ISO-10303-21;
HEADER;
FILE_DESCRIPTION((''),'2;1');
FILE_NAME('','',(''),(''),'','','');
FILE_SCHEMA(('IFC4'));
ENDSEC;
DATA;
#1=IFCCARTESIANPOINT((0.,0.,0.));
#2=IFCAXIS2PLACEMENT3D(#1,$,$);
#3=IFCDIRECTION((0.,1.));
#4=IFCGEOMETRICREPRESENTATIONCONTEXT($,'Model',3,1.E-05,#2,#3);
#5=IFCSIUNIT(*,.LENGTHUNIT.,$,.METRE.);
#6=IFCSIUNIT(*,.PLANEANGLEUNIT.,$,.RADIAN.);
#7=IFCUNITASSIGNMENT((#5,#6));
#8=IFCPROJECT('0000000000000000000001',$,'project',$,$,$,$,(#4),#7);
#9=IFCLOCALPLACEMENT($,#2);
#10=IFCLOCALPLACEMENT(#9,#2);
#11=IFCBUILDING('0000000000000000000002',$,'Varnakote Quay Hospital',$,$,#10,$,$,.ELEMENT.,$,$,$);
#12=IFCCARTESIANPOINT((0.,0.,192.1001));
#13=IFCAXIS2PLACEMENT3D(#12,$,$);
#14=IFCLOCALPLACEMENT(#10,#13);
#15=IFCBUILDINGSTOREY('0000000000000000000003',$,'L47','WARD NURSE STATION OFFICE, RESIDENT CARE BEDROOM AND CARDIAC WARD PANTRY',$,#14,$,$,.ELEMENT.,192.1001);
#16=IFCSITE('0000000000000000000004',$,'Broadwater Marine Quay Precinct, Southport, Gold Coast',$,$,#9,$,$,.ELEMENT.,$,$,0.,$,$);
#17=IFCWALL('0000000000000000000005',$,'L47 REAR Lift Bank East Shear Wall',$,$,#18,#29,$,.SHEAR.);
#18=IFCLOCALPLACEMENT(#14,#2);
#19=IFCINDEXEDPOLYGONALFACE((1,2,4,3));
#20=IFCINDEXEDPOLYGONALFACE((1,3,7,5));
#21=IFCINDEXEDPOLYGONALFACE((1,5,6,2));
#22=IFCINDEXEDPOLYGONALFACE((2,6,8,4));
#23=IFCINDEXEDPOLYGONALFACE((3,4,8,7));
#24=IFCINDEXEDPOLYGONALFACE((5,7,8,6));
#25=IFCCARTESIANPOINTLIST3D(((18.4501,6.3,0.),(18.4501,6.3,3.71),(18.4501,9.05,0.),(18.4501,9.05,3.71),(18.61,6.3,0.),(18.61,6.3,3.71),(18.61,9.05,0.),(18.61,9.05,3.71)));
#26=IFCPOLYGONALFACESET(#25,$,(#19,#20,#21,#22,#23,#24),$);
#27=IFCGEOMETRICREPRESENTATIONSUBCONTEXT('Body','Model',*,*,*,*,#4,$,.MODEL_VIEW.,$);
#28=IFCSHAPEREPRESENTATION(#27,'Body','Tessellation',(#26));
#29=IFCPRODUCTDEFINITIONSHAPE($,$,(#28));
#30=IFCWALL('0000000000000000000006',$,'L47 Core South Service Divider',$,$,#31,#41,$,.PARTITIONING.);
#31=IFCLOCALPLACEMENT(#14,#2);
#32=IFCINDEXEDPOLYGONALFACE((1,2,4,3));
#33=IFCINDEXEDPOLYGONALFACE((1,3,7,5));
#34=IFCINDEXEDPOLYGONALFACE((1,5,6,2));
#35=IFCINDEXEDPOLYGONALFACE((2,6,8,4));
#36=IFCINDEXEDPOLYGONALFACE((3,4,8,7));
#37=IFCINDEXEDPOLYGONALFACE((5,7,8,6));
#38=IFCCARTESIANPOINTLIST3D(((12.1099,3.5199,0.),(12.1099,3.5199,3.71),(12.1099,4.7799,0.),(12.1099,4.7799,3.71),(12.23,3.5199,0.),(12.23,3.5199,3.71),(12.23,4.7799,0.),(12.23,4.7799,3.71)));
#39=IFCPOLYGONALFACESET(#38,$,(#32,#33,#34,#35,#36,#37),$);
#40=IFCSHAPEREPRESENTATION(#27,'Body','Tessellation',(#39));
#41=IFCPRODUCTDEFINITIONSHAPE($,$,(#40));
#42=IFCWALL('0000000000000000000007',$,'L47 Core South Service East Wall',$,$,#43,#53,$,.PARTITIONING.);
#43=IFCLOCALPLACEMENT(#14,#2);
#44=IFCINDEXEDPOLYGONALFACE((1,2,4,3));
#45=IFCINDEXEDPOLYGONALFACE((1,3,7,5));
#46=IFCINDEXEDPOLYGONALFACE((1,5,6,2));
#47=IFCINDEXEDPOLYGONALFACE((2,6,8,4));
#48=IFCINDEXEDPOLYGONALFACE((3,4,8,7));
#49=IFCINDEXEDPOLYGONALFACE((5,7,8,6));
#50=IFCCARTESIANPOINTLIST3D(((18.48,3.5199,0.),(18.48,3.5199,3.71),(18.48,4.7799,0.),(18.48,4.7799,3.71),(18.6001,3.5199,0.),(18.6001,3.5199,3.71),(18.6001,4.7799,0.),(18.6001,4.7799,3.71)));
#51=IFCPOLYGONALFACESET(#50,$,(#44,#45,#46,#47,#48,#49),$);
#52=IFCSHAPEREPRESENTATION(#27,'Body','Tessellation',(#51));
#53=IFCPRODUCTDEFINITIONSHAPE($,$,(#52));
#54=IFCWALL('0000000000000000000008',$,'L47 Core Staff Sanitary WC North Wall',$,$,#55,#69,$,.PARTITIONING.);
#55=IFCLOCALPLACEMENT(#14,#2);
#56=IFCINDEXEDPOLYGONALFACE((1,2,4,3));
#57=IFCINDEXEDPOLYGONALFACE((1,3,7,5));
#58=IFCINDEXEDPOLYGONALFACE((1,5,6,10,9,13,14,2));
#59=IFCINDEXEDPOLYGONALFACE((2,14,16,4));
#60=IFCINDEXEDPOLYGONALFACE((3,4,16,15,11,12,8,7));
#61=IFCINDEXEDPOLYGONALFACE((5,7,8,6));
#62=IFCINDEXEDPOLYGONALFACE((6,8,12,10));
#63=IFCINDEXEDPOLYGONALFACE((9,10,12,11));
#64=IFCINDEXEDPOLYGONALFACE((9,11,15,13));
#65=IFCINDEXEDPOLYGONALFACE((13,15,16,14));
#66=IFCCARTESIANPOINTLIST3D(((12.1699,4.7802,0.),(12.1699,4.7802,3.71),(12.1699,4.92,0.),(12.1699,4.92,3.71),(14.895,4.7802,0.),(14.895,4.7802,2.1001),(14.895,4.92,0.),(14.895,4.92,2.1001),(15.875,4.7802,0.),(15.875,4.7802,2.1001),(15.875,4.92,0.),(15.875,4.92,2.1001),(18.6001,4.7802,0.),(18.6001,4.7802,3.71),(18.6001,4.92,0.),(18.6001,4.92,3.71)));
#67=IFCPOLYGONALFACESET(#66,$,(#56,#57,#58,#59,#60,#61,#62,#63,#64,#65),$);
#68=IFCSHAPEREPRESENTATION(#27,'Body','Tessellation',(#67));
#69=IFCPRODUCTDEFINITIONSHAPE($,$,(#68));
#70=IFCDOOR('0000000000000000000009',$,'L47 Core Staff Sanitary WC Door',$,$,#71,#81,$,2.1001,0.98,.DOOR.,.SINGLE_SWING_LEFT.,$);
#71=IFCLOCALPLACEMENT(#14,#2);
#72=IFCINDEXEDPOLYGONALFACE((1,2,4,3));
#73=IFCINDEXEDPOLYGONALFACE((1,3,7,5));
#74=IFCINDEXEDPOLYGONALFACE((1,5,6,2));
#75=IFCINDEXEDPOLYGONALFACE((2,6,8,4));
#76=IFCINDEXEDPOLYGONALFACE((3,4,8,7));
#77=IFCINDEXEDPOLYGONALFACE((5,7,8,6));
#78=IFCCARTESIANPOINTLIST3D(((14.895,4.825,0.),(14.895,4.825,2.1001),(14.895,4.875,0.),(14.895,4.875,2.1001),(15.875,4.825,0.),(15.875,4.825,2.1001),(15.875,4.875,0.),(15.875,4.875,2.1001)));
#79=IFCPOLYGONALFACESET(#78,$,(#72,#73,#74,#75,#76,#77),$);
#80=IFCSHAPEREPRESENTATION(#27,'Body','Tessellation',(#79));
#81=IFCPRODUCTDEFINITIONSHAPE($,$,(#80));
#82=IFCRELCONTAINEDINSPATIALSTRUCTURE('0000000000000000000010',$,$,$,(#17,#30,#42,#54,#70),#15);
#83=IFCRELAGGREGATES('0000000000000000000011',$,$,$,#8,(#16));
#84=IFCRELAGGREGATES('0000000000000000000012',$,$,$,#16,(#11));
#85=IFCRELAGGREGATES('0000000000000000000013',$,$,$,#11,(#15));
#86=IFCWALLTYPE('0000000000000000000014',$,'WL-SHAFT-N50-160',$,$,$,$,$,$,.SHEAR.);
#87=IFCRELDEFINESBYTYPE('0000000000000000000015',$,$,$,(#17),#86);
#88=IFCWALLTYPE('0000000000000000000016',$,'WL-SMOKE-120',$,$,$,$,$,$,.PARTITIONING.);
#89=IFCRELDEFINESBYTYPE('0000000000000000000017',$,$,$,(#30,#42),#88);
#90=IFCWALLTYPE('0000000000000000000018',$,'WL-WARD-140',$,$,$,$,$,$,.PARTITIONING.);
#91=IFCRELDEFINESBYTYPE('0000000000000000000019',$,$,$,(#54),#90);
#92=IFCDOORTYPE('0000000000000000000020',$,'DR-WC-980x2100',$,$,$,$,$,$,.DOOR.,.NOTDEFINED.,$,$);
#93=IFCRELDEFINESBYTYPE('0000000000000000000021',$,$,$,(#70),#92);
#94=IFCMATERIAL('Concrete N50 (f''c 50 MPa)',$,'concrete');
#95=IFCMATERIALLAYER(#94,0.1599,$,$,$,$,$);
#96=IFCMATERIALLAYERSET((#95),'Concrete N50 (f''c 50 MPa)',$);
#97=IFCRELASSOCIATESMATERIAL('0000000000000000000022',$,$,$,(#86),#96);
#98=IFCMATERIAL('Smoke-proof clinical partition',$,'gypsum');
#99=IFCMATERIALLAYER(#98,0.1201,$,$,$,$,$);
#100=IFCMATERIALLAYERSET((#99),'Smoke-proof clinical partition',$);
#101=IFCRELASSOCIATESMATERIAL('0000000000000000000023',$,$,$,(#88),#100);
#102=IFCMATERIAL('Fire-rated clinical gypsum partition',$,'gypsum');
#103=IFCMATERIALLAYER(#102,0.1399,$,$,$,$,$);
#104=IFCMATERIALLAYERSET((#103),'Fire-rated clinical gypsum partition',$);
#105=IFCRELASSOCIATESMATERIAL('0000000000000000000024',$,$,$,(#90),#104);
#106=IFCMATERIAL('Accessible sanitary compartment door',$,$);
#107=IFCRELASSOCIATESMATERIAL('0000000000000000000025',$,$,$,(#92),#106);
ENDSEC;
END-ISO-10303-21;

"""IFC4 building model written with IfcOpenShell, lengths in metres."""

from ifc_helpers import new_model, si_unit, direction, frame, frame_2d, origin, place, context, subcontext, project, spatial, rectangle, extrude, material, layer, layer_set, type_object, element, fill, save


model = new_model("IFC4")

# Units and contexts
model_context = context("Model", 3, precision=1e-05, world=origin(), true_north=direction((0.0, 1.0)))
body_context = subcontext(model_context, "Body", "Model", "MODEL_VIEW")
ifc_project = project(units=[si_unit("LENGTHUNIT", "METRE"), si_unit("PLANEANGLEUNIT", "RADIAN")], contexts=[model_context])

# Site, building, storey
site_placement = place(None, origin())
site = spatial("IfcSite", under=ifc_project, at=site_placement, Name="Broadwater Marine Quay Precinct, Southport, Gold Coast", CompositionType="ELEMENT", RefElevation=0.0)
building_placement = place(site_placement, origin())
building = spatial("IfcBuilding", under=site, at=building_placement, Name="Varnakote Quay Hospital", CompositionType="ELEMENT")
storey_placement = place(building_placement, frame((0.0, 0.0, 192.1001)))
storey = spatial("IfcBuildingStorey", under=building, at=storey_placement, Name="L47", Description="WARD NURSE STATION OFFICE, RESIDENT CARE BEDROOM AND CARDIAC WARD PANTRY", CompositionType="ELEMENT", Elevation=192.1001)

# Wall
ifc_material_1 = material(Name="Concrete N50 (f'c 50 MPa)", Category="concrete")
ifc_layer_1 = layer(ifc_material_1, 0.1599)
ifc_layer_set_1 = layer_set([ifc_layer_1], Name="Concrete N50 (f'c 50 MPa)")
wall_type_1 = type_object("IfcWallType", Name="WL-SHAFT-N50-160", PredefinedType="SHEAR", material=ifc_layer_set_1)
wall_1_placement = place(storey_placement, frame((18.53, 6.3, 0.0), z_axis=(0.0, 0.0, 1.0), x_axis=(0.0, 1.0, 0.0)))
element("IfcWall", 1, at=wall_1_placement, inside=storey, type_object=wall_type_1, Name="L47 REAR Lift Bank East Shear Wall", PredefinedType="SHEAR", context=body_context, shape_type="SweptSolid", body=[
    extrude(rectangle(XDim=2.75, YDim=0.1599, at=frame_2d((1.375, 0.0))), origin(), (0.0, 0.0, 1.0), 3.71),
])

# Walls
ifc_material_2 = material(Name="Smoke-proof clinical partition", Category="gypsum")
ifc_layer_2 = layer(ifc_material_2, 0.1201)
ifc_layer_set_2 = layer_set([ifc_layer_2], Name="Smoke-proof clinical partition")
wall_type_2 = type_object("IfcWallType", Name="WL-SMOKE-120", PredefinedType="PARTITIONING", material=ifc_layer_set_2)
for number, where, z_axis, x_axis, name in (
    (2, (12.1699, 3.52, 0.0), (0.0, 0.0, 1.0), (0.0, 1.0, 0.0), "L47 Core South Service Divider"),
    (3, (18.54, 3.52, 0.0), (0.0, 0.0, 1.0), (0.0, 1.0, 0.0), "L47 Core South Service East Wall"),
):
    element("IfcWall", number, at=place(storey_placement, frame(where, z_axis=z_axis, x_axis=x_axis)), inside=storey, type_object=wall_type_2, Name=name, PredefinedType="PARTITIONING", context=body_context, shape_type="SweptSolid", body=[
        extrude(rectangle(XDim=1.26, YDim=0.1201, at=frame_2d((0.6299, 0.0))), origin(), (0.0, 0.0, 1.0), 3.71),
    ])

# Wall, opening, door
ifc_material_3 = material(Name="Fire-rated clinical gypsum partition", Category="gypsum")
ifc_layer_3 = layer(ifc_material_3, 0.1399)
ifc_layer_set_3 = layer_set([ifc_layer_3], Name="Fire-rated clinical gypsum partition")
wall_type_3 = type_object("IfcWallType", Name="WL-WARD-140", PredefinedType="PARTITIONING", material=ifc_layer_set_3)
wall_2_placement = place(storey_placement, frame((12.1699, 4.8501, 0.0), z_axis=(0.0, 0.0, 1.0), x_axis=(1.0, 0.0, 0.0)))
wall_2 = element("IfcWall", 4, at=wall_2_placement, inside=storey, type_object=wall_type_3, Name="L47 Core Staff Sanitary WC North Wall", PredefinedType="PARTITIONING", context=body_context, shape_type="SweptSolid", body=[
    extrude(rectangle(XDim=6.4302, YDim=0.1399, at=frame_2d((3.2151, 0.0))), origin(), (0.0, 0.0, 1.0), 3.71),
])
opening_1_placement = place(wall_2_placement, frame((2.7251, 0.0, 0.0)))
opening_1 = element("IfcOpeningElement", 5, at=opening_1_placement, cuts=wall_2, PredefinedType="OPENING", context=body_context, shape_type="SweptSolid", body=[
    extrude(rectangle(XDim=0.98, YDim=2.1001, at=frame_2d((0.49, 1.05))), frame((0.0, 0.0798, 0.0), z_axis=(0.0, -1.0, 0.0), x_axis=(1.0, 0.0, 0.0)), (0.0, 0.0, 1.0), 0.1599),
])
ifc_material_4 = material(Name="Accessible sanitary compartment door")
door_type_1 = type_object("IfcDoorType", Name="DR-WC-980x2100", OperationType="NOTDEFINED", PredefinedType="DOOR", material=ifc_material_4)
door_1_placement = place(opening_1_placement, origin())
door_1 = element("IfcDoor", 6, at=door_1_placement, inside=storey, type_object=door_type_1, Name="L47 Core Staff Sanitary WC Door", OperationType="SINGLE_SWING_LEFT", OverallHeight=2.1001, OverallWidth=0.98, PredefinedType="DOOR", context=body_context, shape_type="SweptSolid", body=[
    extrude(rectangle(XDim=0.98, YDim=2.1001, at=frame_2d((0.49, 1.05))), frame((0.0, 0.0249, 0.0), z_axis=(0.0, -1.0, 0.0), x_axis=(1.0, 0.0, 0.0)), (0.0, 0.0, 1.0), 0.05),
])
fill(opening_1, door_1)

save(model, "model.ifc")
